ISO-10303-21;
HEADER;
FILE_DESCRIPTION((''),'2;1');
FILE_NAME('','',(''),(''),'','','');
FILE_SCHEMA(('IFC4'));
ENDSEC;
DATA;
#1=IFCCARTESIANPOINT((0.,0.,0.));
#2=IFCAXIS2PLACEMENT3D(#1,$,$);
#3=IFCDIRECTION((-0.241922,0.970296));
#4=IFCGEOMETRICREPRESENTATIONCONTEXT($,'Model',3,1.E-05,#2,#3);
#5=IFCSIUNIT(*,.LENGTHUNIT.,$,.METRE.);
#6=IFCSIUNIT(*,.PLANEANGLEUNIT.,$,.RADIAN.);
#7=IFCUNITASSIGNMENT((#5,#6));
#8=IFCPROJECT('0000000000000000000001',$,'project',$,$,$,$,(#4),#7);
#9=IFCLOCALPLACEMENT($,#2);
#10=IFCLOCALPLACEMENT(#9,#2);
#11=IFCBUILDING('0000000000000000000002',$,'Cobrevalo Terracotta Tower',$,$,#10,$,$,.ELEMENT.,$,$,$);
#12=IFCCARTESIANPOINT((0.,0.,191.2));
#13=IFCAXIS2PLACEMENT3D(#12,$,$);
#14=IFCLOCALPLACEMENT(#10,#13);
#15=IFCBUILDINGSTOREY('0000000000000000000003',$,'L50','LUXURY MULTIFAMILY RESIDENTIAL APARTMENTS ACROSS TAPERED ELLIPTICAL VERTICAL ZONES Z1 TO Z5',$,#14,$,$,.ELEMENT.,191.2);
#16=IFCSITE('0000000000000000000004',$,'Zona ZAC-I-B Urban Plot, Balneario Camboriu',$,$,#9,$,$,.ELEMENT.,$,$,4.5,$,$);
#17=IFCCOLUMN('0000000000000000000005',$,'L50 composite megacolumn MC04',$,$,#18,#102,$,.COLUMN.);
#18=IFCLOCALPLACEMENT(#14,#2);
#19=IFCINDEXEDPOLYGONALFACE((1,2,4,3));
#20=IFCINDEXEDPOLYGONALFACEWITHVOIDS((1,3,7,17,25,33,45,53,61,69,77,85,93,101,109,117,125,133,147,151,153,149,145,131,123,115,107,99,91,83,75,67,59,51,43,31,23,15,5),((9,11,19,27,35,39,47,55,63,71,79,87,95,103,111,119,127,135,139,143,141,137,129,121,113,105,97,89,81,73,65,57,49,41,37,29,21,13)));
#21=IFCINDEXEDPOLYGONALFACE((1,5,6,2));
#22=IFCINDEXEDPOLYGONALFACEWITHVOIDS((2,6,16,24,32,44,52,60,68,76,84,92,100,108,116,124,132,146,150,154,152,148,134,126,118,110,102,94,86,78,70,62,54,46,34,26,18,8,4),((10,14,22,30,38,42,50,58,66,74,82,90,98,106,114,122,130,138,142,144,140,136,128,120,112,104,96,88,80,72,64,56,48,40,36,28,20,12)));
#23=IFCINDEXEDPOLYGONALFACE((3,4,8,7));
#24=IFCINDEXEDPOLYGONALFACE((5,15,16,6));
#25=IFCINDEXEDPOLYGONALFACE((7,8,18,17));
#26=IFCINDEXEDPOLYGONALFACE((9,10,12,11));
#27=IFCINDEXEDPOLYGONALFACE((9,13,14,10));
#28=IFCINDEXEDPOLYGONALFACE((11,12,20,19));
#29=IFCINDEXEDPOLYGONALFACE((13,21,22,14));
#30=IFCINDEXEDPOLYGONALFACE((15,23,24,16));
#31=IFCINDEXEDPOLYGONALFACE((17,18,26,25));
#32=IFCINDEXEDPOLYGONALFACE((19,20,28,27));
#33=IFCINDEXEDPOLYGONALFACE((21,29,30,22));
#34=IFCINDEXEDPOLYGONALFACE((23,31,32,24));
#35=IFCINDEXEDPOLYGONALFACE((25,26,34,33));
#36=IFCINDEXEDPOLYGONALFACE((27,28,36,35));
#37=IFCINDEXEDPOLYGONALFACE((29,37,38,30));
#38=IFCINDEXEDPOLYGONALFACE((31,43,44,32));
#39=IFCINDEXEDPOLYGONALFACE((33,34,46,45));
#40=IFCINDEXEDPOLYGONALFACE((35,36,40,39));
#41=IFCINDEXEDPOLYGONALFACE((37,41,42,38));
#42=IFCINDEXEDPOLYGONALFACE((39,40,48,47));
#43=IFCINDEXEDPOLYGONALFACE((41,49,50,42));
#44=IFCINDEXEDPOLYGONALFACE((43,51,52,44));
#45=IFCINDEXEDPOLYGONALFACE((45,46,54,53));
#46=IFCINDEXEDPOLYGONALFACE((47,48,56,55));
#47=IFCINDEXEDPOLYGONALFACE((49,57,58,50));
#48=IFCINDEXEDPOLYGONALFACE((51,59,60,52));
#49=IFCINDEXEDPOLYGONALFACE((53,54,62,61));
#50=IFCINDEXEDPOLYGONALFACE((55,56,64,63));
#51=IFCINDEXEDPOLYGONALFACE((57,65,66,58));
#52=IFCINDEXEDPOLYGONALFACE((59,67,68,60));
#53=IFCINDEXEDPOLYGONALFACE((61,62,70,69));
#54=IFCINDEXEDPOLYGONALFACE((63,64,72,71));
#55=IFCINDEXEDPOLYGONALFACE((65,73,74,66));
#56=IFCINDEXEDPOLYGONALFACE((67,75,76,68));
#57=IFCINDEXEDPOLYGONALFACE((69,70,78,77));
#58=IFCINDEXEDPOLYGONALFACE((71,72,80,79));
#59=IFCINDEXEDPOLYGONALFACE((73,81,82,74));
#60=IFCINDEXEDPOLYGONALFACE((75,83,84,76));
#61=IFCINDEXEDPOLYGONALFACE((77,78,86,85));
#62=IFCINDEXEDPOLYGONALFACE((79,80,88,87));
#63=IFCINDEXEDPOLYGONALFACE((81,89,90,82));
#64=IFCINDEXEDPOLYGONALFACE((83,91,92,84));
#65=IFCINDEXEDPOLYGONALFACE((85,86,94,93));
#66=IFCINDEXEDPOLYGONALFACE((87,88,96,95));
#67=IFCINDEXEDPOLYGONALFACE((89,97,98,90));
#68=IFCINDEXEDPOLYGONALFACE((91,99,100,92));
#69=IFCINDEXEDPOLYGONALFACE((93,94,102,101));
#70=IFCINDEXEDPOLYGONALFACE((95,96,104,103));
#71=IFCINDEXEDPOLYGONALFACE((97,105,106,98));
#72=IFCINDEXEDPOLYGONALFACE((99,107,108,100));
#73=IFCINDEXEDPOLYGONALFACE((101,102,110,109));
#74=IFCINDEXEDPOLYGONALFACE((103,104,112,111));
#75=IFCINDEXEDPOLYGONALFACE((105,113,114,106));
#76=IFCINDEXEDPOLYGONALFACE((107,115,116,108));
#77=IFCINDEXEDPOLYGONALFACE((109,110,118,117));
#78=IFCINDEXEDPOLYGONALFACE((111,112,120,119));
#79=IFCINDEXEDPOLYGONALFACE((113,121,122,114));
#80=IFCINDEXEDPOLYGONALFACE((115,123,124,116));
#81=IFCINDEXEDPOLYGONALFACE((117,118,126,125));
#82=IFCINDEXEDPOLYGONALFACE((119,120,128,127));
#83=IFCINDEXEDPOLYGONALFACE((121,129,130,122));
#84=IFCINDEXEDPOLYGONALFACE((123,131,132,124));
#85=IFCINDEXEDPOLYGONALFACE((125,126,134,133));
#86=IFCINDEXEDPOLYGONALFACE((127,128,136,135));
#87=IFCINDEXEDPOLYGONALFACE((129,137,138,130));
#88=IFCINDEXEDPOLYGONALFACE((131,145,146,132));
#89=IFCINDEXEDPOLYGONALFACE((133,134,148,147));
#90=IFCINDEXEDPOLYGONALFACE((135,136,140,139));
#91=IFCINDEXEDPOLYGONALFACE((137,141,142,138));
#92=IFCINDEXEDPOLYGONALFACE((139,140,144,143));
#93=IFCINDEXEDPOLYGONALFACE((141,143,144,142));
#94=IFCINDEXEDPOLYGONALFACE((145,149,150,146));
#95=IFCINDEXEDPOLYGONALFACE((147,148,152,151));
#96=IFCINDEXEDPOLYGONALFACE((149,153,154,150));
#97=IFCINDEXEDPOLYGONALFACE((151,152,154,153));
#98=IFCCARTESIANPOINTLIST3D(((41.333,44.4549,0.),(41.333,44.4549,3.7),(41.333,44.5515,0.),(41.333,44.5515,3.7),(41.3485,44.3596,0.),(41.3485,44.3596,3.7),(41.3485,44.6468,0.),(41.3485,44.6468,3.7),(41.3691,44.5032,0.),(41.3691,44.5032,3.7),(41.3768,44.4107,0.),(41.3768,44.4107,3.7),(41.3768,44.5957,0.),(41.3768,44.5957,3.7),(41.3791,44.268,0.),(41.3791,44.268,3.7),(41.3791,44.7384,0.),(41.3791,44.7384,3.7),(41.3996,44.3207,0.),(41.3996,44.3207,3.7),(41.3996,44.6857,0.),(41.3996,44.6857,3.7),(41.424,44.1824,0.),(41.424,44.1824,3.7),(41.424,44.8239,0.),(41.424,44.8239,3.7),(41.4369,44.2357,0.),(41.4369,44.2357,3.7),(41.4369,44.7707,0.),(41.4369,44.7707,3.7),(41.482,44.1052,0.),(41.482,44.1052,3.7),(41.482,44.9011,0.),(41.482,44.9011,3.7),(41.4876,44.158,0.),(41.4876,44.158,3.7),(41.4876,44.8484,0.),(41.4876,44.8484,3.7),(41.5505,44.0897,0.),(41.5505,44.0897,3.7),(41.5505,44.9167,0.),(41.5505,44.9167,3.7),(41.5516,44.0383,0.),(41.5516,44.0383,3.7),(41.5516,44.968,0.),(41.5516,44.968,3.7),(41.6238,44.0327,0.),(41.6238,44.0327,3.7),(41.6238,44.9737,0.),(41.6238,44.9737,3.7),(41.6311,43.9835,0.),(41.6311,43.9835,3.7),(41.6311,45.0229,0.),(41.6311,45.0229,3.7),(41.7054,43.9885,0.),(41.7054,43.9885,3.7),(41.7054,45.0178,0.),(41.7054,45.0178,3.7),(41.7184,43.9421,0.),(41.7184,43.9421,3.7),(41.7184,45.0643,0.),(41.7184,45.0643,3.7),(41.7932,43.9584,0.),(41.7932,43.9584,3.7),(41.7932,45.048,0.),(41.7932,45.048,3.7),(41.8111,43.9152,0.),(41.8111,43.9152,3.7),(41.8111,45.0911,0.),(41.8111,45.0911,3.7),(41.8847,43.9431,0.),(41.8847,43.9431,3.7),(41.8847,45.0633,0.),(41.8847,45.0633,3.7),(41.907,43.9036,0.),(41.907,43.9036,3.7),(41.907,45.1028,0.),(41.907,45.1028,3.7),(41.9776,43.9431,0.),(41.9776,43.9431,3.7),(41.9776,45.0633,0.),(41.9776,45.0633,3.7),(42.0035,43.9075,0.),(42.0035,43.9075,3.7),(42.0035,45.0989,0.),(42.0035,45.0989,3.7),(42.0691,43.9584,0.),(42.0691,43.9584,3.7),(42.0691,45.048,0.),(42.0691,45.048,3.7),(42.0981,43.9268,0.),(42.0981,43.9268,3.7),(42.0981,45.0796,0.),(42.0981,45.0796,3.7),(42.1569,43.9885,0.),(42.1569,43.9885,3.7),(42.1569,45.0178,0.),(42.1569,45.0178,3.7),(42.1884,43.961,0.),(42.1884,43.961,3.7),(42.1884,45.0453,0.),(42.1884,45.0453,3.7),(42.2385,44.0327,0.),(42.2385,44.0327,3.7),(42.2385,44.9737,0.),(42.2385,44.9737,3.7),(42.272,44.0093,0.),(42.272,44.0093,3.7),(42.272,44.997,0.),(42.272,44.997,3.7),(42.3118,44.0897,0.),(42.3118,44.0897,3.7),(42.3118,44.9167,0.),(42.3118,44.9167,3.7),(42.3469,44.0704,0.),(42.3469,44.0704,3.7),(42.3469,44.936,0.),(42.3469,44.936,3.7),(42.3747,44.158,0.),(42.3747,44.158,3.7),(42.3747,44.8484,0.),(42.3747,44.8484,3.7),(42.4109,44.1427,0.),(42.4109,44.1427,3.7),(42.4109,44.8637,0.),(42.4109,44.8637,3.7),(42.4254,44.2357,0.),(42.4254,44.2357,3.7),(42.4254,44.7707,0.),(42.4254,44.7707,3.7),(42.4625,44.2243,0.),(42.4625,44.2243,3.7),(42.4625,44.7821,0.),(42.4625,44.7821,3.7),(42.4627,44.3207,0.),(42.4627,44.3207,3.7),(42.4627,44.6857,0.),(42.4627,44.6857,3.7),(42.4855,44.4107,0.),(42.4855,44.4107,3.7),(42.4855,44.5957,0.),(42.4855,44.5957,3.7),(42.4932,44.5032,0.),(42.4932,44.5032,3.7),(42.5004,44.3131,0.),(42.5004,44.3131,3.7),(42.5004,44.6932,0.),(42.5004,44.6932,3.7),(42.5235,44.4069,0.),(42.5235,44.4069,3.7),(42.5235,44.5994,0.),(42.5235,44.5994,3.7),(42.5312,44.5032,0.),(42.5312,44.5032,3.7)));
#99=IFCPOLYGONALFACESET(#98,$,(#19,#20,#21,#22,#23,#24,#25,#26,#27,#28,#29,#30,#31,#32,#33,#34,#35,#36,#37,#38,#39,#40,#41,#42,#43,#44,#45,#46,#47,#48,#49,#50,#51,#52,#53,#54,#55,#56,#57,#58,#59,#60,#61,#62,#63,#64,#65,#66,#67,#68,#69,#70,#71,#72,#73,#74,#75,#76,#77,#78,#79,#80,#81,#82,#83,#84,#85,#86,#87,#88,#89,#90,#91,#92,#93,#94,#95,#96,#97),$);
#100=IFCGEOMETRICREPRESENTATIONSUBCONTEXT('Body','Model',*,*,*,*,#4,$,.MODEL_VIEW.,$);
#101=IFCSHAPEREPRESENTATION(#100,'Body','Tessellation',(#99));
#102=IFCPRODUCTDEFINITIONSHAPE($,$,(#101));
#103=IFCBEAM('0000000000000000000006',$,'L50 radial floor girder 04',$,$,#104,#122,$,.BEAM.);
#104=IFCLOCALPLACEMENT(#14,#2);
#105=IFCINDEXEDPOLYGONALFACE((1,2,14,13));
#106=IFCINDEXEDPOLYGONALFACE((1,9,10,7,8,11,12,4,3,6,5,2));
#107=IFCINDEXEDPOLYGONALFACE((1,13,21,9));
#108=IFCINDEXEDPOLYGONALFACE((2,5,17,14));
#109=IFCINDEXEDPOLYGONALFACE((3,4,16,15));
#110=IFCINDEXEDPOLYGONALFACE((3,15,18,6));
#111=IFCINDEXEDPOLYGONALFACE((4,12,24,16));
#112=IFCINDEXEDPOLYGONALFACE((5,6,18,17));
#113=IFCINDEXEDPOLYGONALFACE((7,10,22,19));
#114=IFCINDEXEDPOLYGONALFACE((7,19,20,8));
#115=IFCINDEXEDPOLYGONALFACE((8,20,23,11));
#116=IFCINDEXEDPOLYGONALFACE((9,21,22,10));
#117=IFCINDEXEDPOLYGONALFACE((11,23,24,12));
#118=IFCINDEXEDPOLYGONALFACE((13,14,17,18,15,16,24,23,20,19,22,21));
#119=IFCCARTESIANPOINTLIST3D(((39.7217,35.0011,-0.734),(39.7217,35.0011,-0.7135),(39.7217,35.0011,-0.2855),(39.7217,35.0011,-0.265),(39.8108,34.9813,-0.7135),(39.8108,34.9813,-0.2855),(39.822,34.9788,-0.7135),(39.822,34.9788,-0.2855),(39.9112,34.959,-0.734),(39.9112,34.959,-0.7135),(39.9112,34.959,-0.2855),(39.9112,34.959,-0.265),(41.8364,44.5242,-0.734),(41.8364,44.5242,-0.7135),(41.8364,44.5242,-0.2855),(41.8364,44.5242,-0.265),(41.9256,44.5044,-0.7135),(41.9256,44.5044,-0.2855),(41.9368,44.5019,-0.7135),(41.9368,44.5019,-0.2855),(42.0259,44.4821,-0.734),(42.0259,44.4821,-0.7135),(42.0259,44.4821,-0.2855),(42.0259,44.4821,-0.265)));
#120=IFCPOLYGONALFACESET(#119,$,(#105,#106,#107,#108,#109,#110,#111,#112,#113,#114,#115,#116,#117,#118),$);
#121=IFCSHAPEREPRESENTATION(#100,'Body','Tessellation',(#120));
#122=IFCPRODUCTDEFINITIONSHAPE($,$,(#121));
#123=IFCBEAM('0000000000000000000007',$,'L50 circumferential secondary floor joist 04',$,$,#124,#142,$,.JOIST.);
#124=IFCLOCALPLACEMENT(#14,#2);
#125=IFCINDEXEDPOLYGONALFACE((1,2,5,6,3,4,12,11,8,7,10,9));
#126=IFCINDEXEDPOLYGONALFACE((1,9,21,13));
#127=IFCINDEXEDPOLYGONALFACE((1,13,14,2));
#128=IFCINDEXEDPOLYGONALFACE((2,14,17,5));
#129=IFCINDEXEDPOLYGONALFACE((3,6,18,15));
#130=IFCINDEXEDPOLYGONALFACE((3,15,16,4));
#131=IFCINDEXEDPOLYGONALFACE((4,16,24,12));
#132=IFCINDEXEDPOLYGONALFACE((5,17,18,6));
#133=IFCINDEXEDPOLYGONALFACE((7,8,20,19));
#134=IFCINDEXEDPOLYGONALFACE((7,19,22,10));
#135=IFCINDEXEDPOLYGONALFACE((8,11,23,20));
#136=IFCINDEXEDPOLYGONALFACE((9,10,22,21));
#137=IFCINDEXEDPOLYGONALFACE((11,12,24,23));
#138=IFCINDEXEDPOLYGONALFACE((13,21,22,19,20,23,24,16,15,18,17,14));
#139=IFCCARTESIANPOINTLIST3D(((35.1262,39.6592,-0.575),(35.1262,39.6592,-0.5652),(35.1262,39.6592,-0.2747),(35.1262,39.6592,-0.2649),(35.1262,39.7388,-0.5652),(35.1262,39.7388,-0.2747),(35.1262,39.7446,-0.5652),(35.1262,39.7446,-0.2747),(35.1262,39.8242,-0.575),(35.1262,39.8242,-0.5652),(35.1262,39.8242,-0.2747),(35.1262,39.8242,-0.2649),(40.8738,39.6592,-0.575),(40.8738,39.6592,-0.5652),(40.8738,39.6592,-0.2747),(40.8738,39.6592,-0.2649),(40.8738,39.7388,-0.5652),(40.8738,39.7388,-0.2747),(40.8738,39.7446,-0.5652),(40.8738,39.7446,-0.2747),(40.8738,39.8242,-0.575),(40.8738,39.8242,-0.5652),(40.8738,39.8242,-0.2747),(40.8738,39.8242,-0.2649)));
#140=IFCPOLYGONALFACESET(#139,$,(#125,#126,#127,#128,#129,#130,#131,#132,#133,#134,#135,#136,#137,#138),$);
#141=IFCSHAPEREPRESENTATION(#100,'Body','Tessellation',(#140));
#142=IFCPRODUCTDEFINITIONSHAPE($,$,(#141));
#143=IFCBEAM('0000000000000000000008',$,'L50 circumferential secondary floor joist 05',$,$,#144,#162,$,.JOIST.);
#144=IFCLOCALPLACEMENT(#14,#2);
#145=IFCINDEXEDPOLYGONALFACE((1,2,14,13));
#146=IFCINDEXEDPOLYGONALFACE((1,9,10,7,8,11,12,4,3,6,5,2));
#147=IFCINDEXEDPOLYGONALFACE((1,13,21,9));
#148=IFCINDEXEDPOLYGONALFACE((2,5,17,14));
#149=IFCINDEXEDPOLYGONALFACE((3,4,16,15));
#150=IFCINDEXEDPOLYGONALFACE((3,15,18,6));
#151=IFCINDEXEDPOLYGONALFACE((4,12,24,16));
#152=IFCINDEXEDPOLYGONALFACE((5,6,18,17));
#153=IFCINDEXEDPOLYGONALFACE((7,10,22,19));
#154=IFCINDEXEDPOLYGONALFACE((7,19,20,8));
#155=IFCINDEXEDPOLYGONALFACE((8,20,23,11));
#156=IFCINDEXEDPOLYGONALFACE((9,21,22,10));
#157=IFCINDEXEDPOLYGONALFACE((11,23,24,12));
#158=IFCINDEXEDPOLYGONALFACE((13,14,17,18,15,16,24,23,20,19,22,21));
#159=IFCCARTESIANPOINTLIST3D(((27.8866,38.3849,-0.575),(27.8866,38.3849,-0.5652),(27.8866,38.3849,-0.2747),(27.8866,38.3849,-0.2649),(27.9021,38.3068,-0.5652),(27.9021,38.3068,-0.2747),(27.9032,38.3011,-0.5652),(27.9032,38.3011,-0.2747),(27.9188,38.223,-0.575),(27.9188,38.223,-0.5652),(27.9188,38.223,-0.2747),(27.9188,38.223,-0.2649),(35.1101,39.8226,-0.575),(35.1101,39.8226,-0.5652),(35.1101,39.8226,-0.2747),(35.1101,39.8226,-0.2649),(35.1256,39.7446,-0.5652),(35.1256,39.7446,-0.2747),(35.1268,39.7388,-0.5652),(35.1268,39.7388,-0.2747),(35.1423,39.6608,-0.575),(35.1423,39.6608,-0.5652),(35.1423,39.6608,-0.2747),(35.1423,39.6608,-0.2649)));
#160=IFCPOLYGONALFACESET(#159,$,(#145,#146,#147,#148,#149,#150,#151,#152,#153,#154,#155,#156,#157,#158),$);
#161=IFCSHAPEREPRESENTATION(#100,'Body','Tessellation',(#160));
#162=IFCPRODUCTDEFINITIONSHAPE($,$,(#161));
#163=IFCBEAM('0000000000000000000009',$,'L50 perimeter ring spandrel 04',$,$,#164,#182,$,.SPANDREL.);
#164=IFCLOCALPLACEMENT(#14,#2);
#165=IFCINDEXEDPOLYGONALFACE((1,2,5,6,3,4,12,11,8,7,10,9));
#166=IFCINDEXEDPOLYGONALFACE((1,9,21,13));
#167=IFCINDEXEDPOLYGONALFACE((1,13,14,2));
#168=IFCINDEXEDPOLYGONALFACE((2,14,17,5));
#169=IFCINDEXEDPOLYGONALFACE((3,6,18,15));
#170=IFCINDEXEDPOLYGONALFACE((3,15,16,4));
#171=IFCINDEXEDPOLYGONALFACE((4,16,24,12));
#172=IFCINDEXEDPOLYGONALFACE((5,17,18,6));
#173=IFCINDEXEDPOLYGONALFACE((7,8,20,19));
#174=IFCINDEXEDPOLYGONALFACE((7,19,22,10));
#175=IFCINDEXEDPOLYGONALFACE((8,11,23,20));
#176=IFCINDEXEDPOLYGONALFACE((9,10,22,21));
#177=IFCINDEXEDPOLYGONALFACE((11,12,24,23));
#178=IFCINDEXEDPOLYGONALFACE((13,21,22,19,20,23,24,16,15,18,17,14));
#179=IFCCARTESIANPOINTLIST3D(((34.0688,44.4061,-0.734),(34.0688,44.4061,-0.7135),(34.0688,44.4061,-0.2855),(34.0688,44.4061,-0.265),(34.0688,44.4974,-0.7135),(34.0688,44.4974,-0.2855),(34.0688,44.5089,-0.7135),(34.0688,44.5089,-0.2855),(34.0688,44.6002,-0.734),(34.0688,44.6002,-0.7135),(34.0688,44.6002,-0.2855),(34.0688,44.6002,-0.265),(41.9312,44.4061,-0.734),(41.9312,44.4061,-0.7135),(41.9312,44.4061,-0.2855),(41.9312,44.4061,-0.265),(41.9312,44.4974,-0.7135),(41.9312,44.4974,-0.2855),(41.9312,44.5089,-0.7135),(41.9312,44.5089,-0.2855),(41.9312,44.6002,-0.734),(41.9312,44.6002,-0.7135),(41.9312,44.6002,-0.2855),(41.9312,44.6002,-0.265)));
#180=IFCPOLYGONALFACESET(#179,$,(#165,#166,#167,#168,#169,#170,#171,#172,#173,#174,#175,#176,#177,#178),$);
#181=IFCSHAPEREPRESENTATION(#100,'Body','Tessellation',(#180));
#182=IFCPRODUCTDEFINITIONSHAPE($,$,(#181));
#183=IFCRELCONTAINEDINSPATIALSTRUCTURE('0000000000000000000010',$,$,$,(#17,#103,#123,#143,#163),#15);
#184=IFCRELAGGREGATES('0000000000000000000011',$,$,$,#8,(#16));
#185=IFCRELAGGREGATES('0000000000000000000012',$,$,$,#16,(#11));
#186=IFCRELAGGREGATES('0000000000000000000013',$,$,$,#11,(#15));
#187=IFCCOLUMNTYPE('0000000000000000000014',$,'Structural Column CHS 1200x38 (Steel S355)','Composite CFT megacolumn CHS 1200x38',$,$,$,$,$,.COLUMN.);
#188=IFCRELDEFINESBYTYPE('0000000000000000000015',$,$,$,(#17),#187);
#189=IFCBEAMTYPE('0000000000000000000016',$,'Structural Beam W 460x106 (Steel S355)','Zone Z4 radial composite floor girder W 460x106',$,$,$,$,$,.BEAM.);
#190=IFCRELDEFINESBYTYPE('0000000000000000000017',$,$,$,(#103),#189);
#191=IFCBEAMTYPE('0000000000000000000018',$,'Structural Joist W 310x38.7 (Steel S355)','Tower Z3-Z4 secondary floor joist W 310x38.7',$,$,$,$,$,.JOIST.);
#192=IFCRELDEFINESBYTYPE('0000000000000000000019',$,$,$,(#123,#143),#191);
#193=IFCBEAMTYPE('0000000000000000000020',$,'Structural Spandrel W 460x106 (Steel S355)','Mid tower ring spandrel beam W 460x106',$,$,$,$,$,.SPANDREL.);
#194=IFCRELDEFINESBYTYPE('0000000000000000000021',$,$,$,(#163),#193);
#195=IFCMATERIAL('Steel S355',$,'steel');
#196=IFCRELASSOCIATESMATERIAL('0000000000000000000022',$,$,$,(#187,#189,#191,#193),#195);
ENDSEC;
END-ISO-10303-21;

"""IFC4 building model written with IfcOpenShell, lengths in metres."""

from ifc_helpers import new_model, si_unit, direction, frame, origin, origin_2d, place, context, subcontext, project, spatial, hollow_circle, i_section, extrude, material, material_profile, profile_set, type_object, element, save


model = new_model("IFC4")

# Units and contexts
model_context = context("Model", 3, precision=1e-05, world=origin(), true_north=direction((-0.241922, 0.970296)))
body_context = subcontext(model_context, "Body", "Model", "MODEL_VIEW")
ifc_project = project(units=[si_unit("LENGTHUNIT", "METRE"), si_unit("PLANEANGLEUNIT", "RADIAN")], contexts=[model_context])

# Site, building, storey
site_placement = place(None, origin())
site = spatial("IfcSite", under=ifc_project, at=site_placement, Name="Zona ZAC-I-B Urban Plot, Balneario Camboriu", CompositionType="ELEMENT", RefElevation=4.5)
building_placement = place(site_placement, origin())
building = spatial("IfcBuilding", under=site, at=building_placement, Name="Cobrevalo Terracotta Tower", CompositionType="ELEMENT")
storey_placement = place(building_placement, frame((0.0, 0.0, 191.2)))
storey = spatial("IfcBuildingStorey", under=building, at=storey_placement, Name="L50", Description="LUXURY MULTIFAMILY RESIDENTIAL APARTMENTS ACROSS TAPERED ELLIPTICAL VERTICAL ZONES Z1 TO Z5", CompositionType="ELEMENT", Elevation=191.2)

# Column
ifc_material_1 = material(Name="Steel S355", Category="steel")
ifc_material_profile_1 = material_profile(ifc_material_1, hollow_circle(Radius=0.6001, WallThickness=0.0381, at=origin_2d()), Name="CHS 1200x38")
ifc_profile_set_1 = profile_set([ifc_material_profile_1], Name="Steel S355")
column_type = type_object("IfcColumnType", Name="Structural Column CHS 1200x38 (Steel S355)", Description="Composite CFT megacolumn CHS 1200x38", PredefinedType="COLUMN", material=ifc_profile_set_1)
column_placement = place(storey_placement, frame((41.9312, 44.5032, 0.0), z_axis=(0.0, 0.0, 1.0), x_axis=(1.0, 0.0, 0.0)))
element("IfcColumn", 1, at=column_placement, inside=storey, type_object=column_type, Name="L50 composite megacolumn MC04", PredefinedType="COLUMN", context=body_context, shape_type="SweptSolid", body=[
    extrude(hollow_circle(Radius=0.6001, WallThickness=0.0381, at=origin_2d()), origin(), (0.0, 0.0, 1.0), 3.7),
])

# Beams
ifc_material_profile_2 = material_profile(ifc_material_1, i_section(OverallWidth=0.1941, OverallDepth=0.469, WebThickness=0.0115, FlangeThickness=0.0205, at=origin_2d()), Name="W 460x106")
ifc_profile_set_2 = profile_set([ifc_material_profile_2], Name="Steel S355")
beam_type_1 = type_object("IfcBeamType", Name="Structural Beam W 460x106 (Steel S355)", Description="Zone Z4 radial composite floor girder W 460x106", PredefinedType="BEAM", material=ifc_profile_set_2)
beam_1_placement = place(storey_placement, frame((41.9312, 44.5032, -0.4995), z_axis=(-0.216782, -0.97622, 0.0), x_axis=(0.97622, -0.216782, 0.0)))
element("IfcBeam", 2, at=beam_1_placement, inside=storey, type_object=beam_type_1, Name="L50 radial floor girder 04", PredefinedType="BEAM", context=body_context, shape_type="SweptSolid", body=[
    extrude(i_section(OverallWidth=0.1941, OverallDepth=0.469, WebThickness=0.0115, FlangeThickness=0.0205, at=origin_2d()), origin(), (0.0, 0.0, 1.0), 9.7551),
])
ifc_material_profile_3 = material_profile(ifc_material_1, i_section(OverallWidth=0.165, OverallDepth=0.3101, WebThickness=0.0059, FlangeThickness=0.0098, at=origin_2d()), Name="W 310x38.7")
ifc_profile_set_3 = profile_set([ifc_material_profile_3], Name="Steel S355")
beam_type_2 = type_object("IfcBeamType", Name="Structural Joist W 310x38.7 (Steel S355)", Description="Tower Z3-Z4 secondary floor joist W 310x38.7", PredefinedType="JOIST", material=ifc_profile_set_3)
beam_2_placement = place(storey_placement, frame((40.8738, 39.7417, -0.4199), z_axis=(-1.0, 0.0, 0.0), x_axis=(0.0, -1.0, 0.0)))
element("IfcBeam", 3, at=beam_2_placement, inside=storey, type_object=beam_type_2, Name="L50 circumferential secondary floor joist 04", PredefinedType="JOIST", context=body_context, shape_type="SweptSolid", body=[
    extrude(i_section(OverallWidth=0.165, OverallDepth=0.3101, WebThickness=0.0059, FlangeThickness=0.0098, at=origin_2d()), origin(), (0.0, 0.0, 1.0), 5.7476),
])
beam_3_placement = place(storey_placement, frame((35.1262, 39.7417, -0.4199), z_axis=(-0.980763, -0.195204, 0.0), x_axis=(0.195204, -0.980763, 0.0)))
element("IfcBeam", 4, at=beam_3_placement, inside=storey, type_object=beam_type_2, Name="L50 circumferential secondary floor joist 05", PredefinedType="JOIST", context=body_context, shape_type="SweptSolid", body=[
    extrude(i_section(OverallWidth=0.165, OverallDepth=0.3101, WebThickness=0.0059, FlangeThickness=0.0098, at=origin_2d()), origin(), (0.0, 0.0, 1.0), 7.3652),
])
ifc_material_profile_4 = material_profile(ifc_material_1, i_section(OverallWidth=0.1941, OverallDepth=0.469, WebThickness=0.0115, FlangeThickness=0.0205, at=origin_2d()), Name="W 460x106")
ifc_profile_set_4 = profile_set([ifc_material_profile_4], Name="Steel S355")
beam_type_3 = type_object("IfcBeamType", Name="Structural Spandrel W 460x106 (Steel S355)", Description="Mid tower ring spandrel beam W 460x106", PredefinedType="SPANDREL", material=ifc_profile_set_4)
beam_4_placement = place(storey_placement, frame((41.9312, 44.5032, -0.4995), z_axis=(-1.0, 0.0, 0.0), x_axis=(0.0, -1.0, 0.0)))
element("IfcBeam", 5, at=beam_4_placement, inside=storey, type_object=beam_type_3, Name="L50 perimeter ring spandrel 04", PredefinedType="SPANDREL", context=body_context, shape_type="SweptSolid", body=[
    extrude(i_section(OverallWidth=0.1941, OverallDepth=0.469, WebThickness=0.0115, FlangeThickness=0.0205, at=origin_2d()), origin(), (0.0, 0.0, 1.0), 7.8623),
])

save(model, "model.ifc")
